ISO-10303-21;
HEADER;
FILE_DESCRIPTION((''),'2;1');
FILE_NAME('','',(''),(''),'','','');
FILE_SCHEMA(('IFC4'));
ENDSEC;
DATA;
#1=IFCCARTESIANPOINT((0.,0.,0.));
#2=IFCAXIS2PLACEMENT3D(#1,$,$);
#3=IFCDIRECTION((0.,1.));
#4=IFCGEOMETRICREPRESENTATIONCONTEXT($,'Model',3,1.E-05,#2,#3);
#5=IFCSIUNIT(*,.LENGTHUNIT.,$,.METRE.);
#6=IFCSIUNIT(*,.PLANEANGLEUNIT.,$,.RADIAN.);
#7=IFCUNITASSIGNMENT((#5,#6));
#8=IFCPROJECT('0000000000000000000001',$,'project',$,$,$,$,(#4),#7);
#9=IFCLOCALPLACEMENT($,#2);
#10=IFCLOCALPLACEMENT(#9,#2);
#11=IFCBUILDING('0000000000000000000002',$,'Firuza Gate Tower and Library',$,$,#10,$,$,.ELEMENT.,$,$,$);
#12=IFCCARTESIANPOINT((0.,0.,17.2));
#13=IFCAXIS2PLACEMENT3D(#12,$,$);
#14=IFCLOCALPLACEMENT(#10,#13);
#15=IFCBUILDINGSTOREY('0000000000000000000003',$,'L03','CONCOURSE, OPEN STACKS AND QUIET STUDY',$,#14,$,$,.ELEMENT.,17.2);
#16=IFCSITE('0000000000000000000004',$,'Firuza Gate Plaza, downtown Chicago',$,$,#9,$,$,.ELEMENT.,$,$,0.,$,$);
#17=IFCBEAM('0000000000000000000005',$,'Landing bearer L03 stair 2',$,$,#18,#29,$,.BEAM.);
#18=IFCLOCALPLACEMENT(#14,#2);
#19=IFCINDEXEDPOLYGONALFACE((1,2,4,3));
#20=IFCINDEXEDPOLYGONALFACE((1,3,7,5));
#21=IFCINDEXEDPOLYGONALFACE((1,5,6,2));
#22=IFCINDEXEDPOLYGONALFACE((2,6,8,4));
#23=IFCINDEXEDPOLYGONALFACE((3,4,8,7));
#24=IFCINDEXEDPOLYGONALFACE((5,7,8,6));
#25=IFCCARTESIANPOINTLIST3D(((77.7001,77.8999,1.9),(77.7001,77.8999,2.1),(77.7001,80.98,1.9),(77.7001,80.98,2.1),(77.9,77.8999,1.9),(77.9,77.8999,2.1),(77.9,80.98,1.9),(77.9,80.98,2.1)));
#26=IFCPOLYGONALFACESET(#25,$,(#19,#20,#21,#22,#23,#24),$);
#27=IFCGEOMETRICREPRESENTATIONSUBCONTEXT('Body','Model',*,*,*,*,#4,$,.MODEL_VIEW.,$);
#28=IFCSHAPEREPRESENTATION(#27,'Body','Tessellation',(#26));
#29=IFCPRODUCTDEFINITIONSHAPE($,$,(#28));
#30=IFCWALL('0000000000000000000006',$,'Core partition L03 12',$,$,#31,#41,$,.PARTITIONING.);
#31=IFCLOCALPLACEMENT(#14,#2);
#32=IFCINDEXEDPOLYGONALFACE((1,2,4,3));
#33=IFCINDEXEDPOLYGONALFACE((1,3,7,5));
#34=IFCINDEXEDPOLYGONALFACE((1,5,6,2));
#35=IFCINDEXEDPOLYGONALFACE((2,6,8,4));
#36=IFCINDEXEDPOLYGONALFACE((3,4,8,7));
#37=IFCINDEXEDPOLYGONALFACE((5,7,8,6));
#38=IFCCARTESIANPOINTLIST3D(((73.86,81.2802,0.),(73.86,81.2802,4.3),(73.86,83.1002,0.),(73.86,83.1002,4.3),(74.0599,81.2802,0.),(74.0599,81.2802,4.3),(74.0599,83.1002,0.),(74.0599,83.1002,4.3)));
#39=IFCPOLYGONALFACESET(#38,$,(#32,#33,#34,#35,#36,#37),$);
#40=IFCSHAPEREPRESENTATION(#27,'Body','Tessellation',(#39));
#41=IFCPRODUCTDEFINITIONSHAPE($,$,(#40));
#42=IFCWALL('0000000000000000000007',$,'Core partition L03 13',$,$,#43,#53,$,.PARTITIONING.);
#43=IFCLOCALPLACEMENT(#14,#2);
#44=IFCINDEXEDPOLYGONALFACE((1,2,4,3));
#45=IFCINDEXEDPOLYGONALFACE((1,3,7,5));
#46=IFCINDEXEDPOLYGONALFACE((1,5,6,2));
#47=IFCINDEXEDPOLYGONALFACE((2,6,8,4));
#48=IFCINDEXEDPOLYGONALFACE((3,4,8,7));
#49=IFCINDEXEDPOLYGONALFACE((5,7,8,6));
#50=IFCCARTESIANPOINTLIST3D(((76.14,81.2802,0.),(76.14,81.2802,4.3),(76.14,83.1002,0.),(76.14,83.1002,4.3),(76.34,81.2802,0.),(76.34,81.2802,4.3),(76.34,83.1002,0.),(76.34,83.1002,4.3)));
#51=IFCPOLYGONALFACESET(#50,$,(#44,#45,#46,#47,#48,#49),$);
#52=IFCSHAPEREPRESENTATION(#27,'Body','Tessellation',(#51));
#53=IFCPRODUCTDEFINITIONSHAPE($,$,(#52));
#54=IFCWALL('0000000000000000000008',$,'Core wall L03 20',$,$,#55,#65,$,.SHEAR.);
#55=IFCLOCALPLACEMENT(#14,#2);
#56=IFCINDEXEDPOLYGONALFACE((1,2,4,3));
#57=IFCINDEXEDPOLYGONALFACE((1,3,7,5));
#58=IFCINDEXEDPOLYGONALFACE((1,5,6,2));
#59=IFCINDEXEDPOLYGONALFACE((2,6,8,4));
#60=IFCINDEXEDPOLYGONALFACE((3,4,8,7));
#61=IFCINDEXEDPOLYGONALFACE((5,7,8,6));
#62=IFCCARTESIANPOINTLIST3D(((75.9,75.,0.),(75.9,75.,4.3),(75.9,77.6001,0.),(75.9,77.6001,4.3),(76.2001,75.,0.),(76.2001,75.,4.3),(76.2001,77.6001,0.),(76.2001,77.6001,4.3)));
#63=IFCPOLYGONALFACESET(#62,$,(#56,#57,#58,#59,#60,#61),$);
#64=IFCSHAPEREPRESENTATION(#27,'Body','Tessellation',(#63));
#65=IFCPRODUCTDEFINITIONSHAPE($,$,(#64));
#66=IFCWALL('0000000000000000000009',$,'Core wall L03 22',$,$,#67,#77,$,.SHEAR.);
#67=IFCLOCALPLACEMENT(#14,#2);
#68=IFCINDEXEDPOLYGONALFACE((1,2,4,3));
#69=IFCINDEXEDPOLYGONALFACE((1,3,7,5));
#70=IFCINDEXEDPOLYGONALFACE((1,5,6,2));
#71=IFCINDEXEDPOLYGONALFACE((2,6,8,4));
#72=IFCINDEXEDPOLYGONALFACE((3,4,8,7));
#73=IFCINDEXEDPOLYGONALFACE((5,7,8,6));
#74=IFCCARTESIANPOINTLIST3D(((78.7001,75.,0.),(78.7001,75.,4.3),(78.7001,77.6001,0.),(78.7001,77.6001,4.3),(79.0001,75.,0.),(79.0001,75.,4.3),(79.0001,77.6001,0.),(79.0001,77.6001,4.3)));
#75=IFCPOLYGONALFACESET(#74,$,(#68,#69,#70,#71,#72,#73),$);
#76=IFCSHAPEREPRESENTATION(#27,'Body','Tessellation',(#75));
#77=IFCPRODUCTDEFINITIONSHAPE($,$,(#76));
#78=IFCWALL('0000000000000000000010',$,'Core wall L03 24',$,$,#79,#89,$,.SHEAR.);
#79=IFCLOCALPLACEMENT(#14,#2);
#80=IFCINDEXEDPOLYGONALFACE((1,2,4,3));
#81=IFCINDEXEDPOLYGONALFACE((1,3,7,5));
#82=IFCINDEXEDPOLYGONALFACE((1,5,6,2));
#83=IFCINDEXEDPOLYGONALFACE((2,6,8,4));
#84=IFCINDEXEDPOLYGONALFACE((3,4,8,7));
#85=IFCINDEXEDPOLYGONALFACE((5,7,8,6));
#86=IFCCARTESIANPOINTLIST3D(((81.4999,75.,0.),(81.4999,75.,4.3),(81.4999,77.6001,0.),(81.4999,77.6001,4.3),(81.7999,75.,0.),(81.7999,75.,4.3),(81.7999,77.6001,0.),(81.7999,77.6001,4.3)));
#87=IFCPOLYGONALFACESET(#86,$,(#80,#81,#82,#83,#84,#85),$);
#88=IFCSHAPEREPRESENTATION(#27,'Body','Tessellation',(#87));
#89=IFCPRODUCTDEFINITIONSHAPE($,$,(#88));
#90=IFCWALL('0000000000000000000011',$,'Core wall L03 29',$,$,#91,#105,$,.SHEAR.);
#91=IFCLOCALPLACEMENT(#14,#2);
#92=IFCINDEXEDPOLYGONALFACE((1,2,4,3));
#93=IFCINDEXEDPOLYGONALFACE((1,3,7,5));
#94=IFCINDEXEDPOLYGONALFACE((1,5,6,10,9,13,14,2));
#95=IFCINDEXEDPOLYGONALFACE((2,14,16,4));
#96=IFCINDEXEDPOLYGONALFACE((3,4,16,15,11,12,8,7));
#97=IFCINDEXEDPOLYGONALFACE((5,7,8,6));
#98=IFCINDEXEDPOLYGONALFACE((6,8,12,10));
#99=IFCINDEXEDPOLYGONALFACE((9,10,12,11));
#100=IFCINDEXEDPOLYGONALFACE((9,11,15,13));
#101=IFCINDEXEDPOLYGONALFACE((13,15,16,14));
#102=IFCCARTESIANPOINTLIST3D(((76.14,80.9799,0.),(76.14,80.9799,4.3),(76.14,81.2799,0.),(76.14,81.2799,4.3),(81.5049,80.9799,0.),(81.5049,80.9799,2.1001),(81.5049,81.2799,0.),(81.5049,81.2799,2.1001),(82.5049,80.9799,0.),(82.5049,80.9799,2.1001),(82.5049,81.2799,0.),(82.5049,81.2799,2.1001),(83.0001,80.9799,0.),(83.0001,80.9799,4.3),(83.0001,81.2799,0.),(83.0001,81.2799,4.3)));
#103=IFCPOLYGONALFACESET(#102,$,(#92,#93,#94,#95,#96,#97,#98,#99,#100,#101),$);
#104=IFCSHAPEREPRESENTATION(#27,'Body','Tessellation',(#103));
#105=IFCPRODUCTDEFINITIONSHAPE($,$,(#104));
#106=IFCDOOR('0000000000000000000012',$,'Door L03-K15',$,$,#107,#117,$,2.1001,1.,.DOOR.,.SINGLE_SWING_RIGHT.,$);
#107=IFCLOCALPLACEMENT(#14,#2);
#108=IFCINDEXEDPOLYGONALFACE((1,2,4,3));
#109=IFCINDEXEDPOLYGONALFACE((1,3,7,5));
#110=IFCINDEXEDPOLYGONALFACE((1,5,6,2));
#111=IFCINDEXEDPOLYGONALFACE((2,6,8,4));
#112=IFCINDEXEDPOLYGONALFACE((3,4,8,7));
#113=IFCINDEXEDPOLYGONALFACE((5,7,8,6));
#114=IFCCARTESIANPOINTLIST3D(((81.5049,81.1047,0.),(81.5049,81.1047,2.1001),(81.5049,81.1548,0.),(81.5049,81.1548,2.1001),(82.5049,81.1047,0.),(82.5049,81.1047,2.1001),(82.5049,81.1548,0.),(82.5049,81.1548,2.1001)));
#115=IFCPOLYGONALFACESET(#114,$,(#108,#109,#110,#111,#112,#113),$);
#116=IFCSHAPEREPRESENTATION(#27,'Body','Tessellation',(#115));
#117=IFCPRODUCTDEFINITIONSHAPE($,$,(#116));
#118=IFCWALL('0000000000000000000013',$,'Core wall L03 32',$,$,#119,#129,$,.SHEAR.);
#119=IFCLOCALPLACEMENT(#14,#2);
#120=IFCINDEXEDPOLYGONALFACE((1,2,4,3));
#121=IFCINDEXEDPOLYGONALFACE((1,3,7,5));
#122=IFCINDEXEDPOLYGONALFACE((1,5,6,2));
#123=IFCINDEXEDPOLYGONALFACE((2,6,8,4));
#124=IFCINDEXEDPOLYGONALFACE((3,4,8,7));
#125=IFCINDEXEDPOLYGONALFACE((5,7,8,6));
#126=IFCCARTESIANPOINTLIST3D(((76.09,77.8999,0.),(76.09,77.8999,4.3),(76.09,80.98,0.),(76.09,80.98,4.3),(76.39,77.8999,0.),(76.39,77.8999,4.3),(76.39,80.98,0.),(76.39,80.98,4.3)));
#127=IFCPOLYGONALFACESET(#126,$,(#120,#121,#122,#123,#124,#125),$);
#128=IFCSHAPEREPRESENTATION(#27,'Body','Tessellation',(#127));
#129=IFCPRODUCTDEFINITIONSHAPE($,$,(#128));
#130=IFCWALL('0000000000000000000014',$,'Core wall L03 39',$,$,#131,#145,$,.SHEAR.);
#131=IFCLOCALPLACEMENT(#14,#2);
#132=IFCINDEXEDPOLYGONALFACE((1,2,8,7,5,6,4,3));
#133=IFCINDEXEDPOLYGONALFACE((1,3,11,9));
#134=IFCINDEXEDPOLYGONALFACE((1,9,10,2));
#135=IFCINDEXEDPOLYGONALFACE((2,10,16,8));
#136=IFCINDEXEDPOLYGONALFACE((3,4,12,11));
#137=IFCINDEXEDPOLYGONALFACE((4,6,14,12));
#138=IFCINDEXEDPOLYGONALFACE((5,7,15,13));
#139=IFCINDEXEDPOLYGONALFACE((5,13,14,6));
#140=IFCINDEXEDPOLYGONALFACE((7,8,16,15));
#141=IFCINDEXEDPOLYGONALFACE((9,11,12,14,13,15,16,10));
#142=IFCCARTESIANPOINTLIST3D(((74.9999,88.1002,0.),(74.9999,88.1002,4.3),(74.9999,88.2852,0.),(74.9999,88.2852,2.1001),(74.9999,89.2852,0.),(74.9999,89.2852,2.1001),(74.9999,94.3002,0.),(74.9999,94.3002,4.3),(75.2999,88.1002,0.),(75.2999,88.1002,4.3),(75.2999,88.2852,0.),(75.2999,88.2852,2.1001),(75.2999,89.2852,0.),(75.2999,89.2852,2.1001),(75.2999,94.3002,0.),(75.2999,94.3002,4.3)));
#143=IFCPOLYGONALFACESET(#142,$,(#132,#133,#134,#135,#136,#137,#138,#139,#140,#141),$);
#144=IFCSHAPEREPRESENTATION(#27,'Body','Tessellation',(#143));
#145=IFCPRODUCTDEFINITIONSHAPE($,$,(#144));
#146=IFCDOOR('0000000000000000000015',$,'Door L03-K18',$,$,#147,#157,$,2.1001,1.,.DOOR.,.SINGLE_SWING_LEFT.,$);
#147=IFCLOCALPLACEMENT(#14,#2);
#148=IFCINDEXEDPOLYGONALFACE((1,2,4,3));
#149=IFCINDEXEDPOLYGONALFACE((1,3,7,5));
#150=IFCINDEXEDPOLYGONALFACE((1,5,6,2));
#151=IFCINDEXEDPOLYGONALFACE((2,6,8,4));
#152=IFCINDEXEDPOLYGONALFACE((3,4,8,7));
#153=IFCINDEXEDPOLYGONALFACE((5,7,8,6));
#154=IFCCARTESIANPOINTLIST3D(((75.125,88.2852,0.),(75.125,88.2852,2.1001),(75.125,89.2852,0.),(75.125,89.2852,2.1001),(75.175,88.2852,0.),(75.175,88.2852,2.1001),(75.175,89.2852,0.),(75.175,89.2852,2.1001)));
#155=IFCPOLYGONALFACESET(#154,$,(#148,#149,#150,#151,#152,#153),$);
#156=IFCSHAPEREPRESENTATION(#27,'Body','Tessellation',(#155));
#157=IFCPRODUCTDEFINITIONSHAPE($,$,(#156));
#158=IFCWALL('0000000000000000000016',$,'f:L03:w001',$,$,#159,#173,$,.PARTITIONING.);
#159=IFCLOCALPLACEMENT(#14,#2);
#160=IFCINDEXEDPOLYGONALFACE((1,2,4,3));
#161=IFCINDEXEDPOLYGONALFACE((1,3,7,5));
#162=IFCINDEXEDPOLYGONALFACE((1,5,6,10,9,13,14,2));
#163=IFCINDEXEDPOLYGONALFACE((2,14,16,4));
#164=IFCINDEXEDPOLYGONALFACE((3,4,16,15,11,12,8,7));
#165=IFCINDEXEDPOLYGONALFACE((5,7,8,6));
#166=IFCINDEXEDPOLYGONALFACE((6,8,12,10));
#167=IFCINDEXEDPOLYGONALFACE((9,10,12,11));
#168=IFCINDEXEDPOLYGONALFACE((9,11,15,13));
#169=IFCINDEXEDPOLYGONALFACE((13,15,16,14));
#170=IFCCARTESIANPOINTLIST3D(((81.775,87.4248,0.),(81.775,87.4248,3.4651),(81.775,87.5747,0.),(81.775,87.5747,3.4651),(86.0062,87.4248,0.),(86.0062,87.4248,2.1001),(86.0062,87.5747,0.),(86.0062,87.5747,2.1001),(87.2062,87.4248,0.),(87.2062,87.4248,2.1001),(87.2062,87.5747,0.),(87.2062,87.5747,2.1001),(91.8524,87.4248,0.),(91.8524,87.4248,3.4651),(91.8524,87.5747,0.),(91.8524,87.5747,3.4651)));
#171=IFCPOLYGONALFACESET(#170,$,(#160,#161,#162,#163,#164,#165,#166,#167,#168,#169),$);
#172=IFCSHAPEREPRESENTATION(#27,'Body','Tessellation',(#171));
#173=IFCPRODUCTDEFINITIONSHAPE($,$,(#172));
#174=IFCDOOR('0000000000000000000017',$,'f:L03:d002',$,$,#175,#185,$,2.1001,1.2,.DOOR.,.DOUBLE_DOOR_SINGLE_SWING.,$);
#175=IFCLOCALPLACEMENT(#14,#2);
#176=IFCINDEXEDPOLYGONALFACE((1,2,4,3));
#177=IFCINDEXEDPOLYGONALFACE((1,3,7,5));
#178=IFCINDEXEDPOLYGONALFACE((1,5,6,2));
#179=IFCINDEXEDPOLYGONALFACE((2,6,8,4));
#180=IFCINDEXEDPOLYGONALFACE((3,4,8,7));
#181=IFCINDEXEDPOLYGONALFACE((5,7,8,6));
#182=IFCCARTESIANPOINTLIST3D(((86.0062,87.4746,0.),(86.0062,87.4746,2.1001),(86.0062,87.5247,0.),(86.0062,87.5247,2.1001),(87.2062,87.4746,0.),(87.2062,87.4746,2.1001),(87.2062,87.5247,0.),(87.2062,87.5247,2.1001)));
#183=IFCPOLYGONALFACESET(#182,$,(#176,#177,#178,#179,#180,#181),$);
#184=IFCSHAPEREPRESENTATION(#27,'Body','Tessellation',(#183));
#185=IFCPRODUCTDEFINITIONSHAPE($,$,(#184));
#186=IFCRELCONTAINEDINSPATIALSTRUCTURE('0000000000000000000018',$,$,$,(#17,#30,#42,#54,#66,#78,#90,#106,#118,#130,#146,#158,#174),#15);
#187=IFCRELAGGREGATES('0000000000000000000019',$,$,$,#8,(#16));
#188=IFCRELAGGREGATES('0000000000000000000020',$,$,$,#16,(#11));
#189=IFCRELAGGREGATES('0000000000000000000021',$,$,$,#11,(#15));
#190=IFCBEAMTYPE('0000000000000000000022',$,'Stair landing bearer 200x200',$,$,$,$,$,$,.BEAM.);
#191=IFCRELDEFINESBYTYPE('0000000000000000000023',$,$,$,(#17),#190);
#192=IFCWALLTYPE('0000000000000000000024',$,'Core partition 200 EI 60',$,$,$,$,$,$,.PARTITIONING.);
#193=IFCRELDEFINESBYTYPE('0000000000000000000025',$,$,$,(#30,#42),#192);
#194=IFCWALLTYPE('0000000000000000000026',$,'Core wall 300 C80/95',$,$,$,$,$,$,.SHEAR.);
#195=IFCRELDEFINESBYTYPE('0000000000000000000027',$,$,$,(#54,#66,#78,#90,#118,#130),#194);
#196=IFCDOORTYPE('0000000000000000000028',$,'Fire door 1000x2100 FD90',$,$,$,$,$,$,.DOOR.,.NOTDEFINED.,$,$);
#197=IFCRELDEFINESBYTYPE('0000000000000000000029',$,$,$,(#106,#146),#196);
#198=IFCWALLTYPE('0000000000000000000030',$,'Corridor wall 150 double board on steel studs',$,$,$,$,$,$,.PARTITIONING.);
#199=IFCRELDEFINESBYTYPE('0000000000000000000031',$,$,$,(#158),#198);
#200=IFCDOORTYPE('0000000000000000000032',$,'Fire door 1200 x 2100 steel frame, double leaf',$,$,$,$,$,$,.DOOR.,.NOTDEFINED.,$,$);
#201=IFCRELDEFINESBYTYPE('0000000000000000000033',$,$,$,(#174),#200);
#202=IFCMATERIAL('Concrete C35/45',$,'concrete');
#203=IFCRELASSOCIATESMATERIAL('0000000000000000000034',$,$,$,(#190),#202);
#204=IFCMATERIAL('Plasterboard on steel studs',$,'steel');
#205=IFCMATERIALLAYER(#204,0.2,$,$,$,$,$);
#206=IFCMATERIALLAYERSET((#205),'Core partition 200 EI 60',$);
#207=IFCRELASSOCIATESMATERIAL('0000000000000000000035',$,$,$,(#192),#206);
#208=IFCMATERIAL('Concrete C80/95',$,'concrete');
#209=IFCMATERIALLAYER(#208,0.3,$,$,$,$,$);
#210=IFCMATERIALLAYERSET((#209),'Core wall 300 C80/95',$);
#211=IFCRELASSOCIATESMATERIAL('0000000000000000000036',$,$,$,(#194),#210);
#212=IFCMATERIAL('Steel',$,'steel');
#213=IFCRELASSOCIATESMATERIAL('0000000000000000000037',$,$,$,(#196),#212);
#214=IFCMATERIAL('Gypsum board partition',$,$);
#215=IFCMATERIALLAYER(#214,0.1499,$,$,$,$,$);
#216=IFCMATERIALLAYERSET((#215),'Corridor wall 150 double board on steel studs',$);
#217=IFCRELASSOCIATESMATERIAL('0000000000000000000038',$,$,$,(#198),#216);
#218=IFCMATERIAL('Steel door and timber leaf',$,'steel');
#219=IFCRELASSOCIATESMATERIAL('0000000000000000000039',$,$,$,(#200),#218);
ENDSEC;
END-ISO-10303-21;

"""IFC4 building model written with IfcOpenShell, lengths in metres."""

from ifc_helpers import new_model, si_unit, direction, frame, frame_2d, origin, origin_2d, place, context, subcontext, project, spatial, rectangle, extrude, material, layer, layer_set, material_profile, profile_set, type_object, element, fill, save


model = new_model("IFC4")

# Units and contexts
model_context = context("Model", 3, precision=1e-05, world=origin(), true_north=direction((0.0, 1.0)))
body_context = subcontext(model_context, "Body", "Model", "MODEL_VIEW")
ifc_project = project(units=[si_unit("LENGTHUNIT", "METRE"), si_unit("PLANEANGLEUNIT", "RADIAN")], contexts=[model_context])

# Site, building, storey
site_placement = place(None, origin())
site = spatial("IfcSite", under=ifc_project, at=site_placement, Name="Firuza Gate Plaza, downtown Chicago", CompositionType="ELEMENT", RefElevation=0.0)
building_placement = place(site_placement, origin())
building = spatial("IfcBuilding", under=site, at=building_placement, Name="Firuza Gate Tower and Library", CompositionType="ELEMENT")
storey_placement = place(building_placement, frame((0.0, 0.0, 17.2)))
storey = spatial("IfcBuildingStorey", under=building, at=storey_placement, Name="L03", Description="CONCOURSE, OPEN STACKS AND QUIET STUDY", CompositionType="ELEMENT", Elevation=17.2)

# Beam
ifc_material_1 = material(Name="Concrete C35/45", Category="concrete")
ifc_material_profile = material_profile(ifc_material_1, rectangle(XDim=0.2, YDim=0.2, at=origin_2d()))
ifc_profile_set = profile_set([ifc_material_profile], Name="Concrete C35/45")
beam_type = type_object("IfcBeamType", Name="Stair landing bearer 200x200", PredefinedType="BEAM", material=ifc_profile_set)
beam_placement = place(storey_placement, frame((77.8, 80.98, 2.0), z_axis=(0.0, -1.0, 0.0), x_axis=(1.0, 0.0, 0.0)))
element("IfcBeam", 1, at=beam_placement, inside=storey, type_object=beam_type, Name="Landing bearer L03 stair 2", PredefinedType="BEAM", context=body_context, shape_type="SweptSolid", body=[
    extrude(rectangle(XDim=0.2, YDim=0.2, at=origin_2d()), origin(), (0.0, 0.0, 1.0), 3.0801),
])

# Walls
ifc_material_2 = material(Name="Plasterboard on steel studs", Category="steel")
ifc_layer_1 = layer(ifc_material_2, 0.2)
ifc_layer_set_1 = layer_set([ifc_layer_1], Name="Core partition 200 EI 60")
wall_type_1 = type_object("IfcWallType", Name="Core partition 200 EI 60", PredefinedType="PARTITIONING", material=ifc_layer_set_1)
for number, where, z_axis, x_axis, name in (
    (2, (73.96, 81.28, 0.0), (0.0, 0.0, 1.0), (0.0, 1.0, 0.0), "Core partition L03 12"),
    (3, (76.24, 81.28, 0.0), (0.0, 0.0, 1.0), (0.0, 1.0, 0.0), "Core partition L03 13"),
):
    element("IfcWall", number, at=place(storey_placement, frame(where, z_axis=z_axis, x_axis=x_axis)), inside=storey, type_object=wall_type_1, Name=name, PredefinedType="PARTITIONING", context=body_context, shape_type="SweptSolid", body=[
        extrude(rectangle(XDim=1.8201, YDim=0.2, at=frame_2d((0.9102, 0.0))), origin(), (0.0, 0.0, 1.0), 4.3),
    ])
ifc_material_3 = material(Name="Concrete C80/95", Category="concrete")
ifc_layer_2 = layer(ifc_material_3, 0.3)
ifc_layer_set_2 = layer_set([ifc_layer_2], Name="Core wall 300 C80/95")
wall_type_2 = type_object("IfcWallType", Name="Core wall 300 C80/95", PredefinedType="SHEAR", material=ifc_layer_set_2)
for number, where, z_axis, x_axis, name in (
    (4, (76.05, 75.0, 0.0), (0.0, 0.0, 1.0), (0.0, 1.0, 0.0), "Core wall L03 20"),
    (5, (78.8501, 75.0, 0.0), (0.0, 0.0, 1.0), (0.0, 1.0, 0.0), "Core wall L03 22"),
    (6, (81.6499, 75.0, 0.0), (0.0, 0.0, 1.0), (0.0, 1.0, 0.0), "Core wall L03 24"),
):
    element("IfcWall", number, at=place(storey_placement, frame(where, z_axis=z_axis, x_axis=x_axis)), inside=storey, type_object=wall_type_2, Name=name, PredefinedType="SHEAR", context=body_context, shape_type="SweptSolid", body=[
        extrude(rectangle(XDim=2.6001, YDim=0.3, at=frame_2d((1.3, 0.0))), origin(), (0.0, 0.0, 1.0), 4.3),
    ])

# Wall, opening, door
wall_1_placement = place(storey_placement, frame((76.1399, 81.1299, 0.0), z_axis=(0.0, 0.0, 1.0), x_axis=(1.0, 0.0, 0.0)))
wall_1 = element("IfcWall", 7, at=wall_1_placement, inside=storey, type_object=wall_type_2, Name="Core wall L03 29", PredefinedType="SHEAR", context=body_context, shape_type="SweptSolid", body=[
    extrude(rectangle(XDim=6.8601, YDim=0.3, at=frame_2d((3.4302, 0.0))), origin(), (0.0, 0.0, 1.0), 4.3),
])
opening_1_placement = place(wall_1_placement, frame((5.365, 0.0, 0.0)))
opening_1 = element("IfcOpeningElement", 8, at=opening_1_placement, cuts=wall_1, PredefinedType="OPENING", context=body_context, shape_type="SweptSolid", body=[
    extrude(rectangle(XDim=1.0, YDim=2.1001, at=frame_2d((0.5, 1.05))), frame((0.0, 0.1602, 0.0), z_axis=(0.0, -1.0, 0.0), x_axis=(1.0, 0.0, 0.0)), (0.0, 0.0, 1.0), 0.3201),
])
ifc_material_4 = material(Name="Steel", Category="steel")
door_type_1 = type_object("IfcDoorType", Name="Fire door 1000x2100 FD90", OperationType="NOTDEFINED", PredefinedType="DOOR", material=ifc_material_4)
door_1_placement = place(opening_1_placement, origin())
door_1 = element("IfcDoor", 9, at=door_1_placement, inside=storey, type_object=door_type_1, Name="Door L03-K15", OperationType="SINGLE_SWING_RIGHT", OverallHeight=2.1001, OverallWidth=1.0, PredefinedType="DOOR", context=body_context, shape_type="SweptSolid", body=[
    extrude(rectangle(XDim=1.0, YDim=2.1001, at=frame_2d((0.5, 1.05))), frame((0.0, 0.0249, 0.0), z_axis=(0.0, -1.0, 0.0), x_axis=(1.0, 0.0, 0.0)), (0.0, 0.0, 1.0), 0.05),
])
fill(opening_1, door_1)

# Wall
wall_2_placement = place(storey_placement, frame((76.24, 77.8999, 0.0), z_axis=(0.0, 0.0, 1.0), x_axis=(0.0, 1.0, 0.0)))
element("IfcWall", 10, at=wall_2_placement, inside=storey, type_object=wall_type_2, Name="Core wall L03 32", PredefinedType="SHEAR", context=body_context, shape_type="SweptSolid", body=[
    extrude(rectangle(XDim=3.0801, YDim=0.3, at=frame_2d((1.54, 0.0))), origin(), (0.0, 0.0, 1.0), 4.3),
])

# Walls, openings, doors
wall_3_placement = place(storey_placement, frame((75.1499, 88.1001, 0.0), z_axis=(0.0, 0.0, 1.0), x_axis=(0.0, 1.0, 0.0)))
wall_3 = element("IfcWall", 11, at=wall_3_placement, inside=storey, type_object=wall_type_2, Name="Core wall L03 39", PredefinedType="SHEAR", context=body_context, shape_type="SweptSolid", body=[
    extrude(rectangle(XDim=6.2, YDim=0.3, at=frame_2d((3.1001, 0.0))), origin(), (0.0, 0.0, 1.0), 4.3),
])
opening_2_placement = place(wall_3_placement, frame((0.1851, 0.0, 0.0)))
opening_2 = element("IfcOpeningElement", 12, at=opening_2_placement, cuts=wall_3, PredefinedType="OPENING", context=body_context, shape_type="SweptSolid", body=[
    extrude(rectangle(XDim=1.0, YDim=2.1001, at=frame_2d((0.5, 1.05))), frame((0.0, 0.1602, 0.0), z_axis=(0.0, -1.0, 0.0), x_axis=(1.0, 0.0, 0.0)), (0.0, 0.0, 1.0), 0.3201),
])
door_2_placement = place(opening_2_placement, origin())
door_2 = element("IfcDoor", 13, at=door_2_placement, inside=storey, type_object=door_type_1, Name="Door L03-K18", OperationType="SINGLE_SWING_LEFT", OverallHeight=2.1001, OverallWidth=1.0, PredefinedType="DOOR", context=body_context, shape_type="SweptSolid", body=[
    extrude(rectangle(XDim=1.0, YDim=2.1001, at=frame_2d((0.5, 1.05))), frame((0.0, 0.0249, 0.0), z_axis=(0.0, -1.0, 0.0), x_axis=(1.0, 0.0, 0.0)), (0.0, 0.0, 1.0), 0.05),
])
fill(opening_2, door_2)
ifc_material_5 = material(Name="Gypsum board partition")
ifc_layer_3 = layer(ifc_material_5, 0.1499)
ifc_layer_set_3 = layer_set([ifc_layer_3], Name="Corridor wall 150 double board on steel studs")
wall_type_3 = type_object("IfcWallType", Name="Corridor wall 150 double board on steel studs", PredefinedType="PARTITIONING", material=ifc_layer_set_3)
wall_4_placement = place(storey_placement, frame((81.7751, 87.4998, 0.0), z_axis=(0.0, 0.0, 1.0), x_axis=(1.0, 0.0, 0.0)))
wall_4 = element("IfcWall", 14, at=wall_4_placement, inside=storey, type_object=wall_type_3, Name="f:L03:w001", PredefinedType="PARTITIONING", context=body_context, shape_type="SweptSolid", body=[
    extrude(rectangle(XDim=10.0774, YDim=0.1499, at=frame_2d((5.0386, 0.0))), origin(), (0.0, 0.0, 1.0), 3.4651),
])
opening_3_placement = place(wall_4_placement, frame((4.231, 0.0, 0.0)))
opening_3 = element("IfcOpeningElement", 15, at=opening_3_placement, cuts=wall_4, PredefinedType="OPENING", context=body_context, shape_type="SweptSolid", body=[
    extrude(rectangle(XDim=1.2, YDim=2.1001, at=frame_2d((0.6001, 1.05))), frame((0.0, 0.085, 0.0), z_axis=(0.0, -1.0, 0.0), x_axis=(1.0, 0.0, 0.0)), (0.0, 0.0, 1.0), 0.1699),
])
ifc_material_6 = material(Name="Steel door and timber leaf", Category="steel")
door_type_2 = type_object("IfcDoorType", Name="Fire door 1200 x 2100 steel frame, double leaf", OperationType="NOTDEFINED", PredefinedType="DOOR", material=ifc_material_6)
door_3_placement = place(opening_3_placement, origin())
door_3 = element("IfcDoor", 16, at=door_3_placement, inside=storey, type_object=door_type_2, Name="f:L03:d002", OperationType="DOUBLE_DOOR_SINGLE_SWING", OverallHeight=2.1001, OverallWidth=1.2, PredefinedType="DOOR", context=body_context, shape_type="SweptSolid", body=[
    extrude(rectangle(XDim=1.2, YDim=2.1001, at=frame_2d((0.6001, 1.05))), frame((0.0, 0.0249, 0.0), z_axis=(0.0, -1.0, 0.0), x_axis=(1.0, 0.0, 0.0)), (0.0, 0.0, 1.0), 0.05),
])
fill(opening_3, door_3)

save(model, "model.ifc")
